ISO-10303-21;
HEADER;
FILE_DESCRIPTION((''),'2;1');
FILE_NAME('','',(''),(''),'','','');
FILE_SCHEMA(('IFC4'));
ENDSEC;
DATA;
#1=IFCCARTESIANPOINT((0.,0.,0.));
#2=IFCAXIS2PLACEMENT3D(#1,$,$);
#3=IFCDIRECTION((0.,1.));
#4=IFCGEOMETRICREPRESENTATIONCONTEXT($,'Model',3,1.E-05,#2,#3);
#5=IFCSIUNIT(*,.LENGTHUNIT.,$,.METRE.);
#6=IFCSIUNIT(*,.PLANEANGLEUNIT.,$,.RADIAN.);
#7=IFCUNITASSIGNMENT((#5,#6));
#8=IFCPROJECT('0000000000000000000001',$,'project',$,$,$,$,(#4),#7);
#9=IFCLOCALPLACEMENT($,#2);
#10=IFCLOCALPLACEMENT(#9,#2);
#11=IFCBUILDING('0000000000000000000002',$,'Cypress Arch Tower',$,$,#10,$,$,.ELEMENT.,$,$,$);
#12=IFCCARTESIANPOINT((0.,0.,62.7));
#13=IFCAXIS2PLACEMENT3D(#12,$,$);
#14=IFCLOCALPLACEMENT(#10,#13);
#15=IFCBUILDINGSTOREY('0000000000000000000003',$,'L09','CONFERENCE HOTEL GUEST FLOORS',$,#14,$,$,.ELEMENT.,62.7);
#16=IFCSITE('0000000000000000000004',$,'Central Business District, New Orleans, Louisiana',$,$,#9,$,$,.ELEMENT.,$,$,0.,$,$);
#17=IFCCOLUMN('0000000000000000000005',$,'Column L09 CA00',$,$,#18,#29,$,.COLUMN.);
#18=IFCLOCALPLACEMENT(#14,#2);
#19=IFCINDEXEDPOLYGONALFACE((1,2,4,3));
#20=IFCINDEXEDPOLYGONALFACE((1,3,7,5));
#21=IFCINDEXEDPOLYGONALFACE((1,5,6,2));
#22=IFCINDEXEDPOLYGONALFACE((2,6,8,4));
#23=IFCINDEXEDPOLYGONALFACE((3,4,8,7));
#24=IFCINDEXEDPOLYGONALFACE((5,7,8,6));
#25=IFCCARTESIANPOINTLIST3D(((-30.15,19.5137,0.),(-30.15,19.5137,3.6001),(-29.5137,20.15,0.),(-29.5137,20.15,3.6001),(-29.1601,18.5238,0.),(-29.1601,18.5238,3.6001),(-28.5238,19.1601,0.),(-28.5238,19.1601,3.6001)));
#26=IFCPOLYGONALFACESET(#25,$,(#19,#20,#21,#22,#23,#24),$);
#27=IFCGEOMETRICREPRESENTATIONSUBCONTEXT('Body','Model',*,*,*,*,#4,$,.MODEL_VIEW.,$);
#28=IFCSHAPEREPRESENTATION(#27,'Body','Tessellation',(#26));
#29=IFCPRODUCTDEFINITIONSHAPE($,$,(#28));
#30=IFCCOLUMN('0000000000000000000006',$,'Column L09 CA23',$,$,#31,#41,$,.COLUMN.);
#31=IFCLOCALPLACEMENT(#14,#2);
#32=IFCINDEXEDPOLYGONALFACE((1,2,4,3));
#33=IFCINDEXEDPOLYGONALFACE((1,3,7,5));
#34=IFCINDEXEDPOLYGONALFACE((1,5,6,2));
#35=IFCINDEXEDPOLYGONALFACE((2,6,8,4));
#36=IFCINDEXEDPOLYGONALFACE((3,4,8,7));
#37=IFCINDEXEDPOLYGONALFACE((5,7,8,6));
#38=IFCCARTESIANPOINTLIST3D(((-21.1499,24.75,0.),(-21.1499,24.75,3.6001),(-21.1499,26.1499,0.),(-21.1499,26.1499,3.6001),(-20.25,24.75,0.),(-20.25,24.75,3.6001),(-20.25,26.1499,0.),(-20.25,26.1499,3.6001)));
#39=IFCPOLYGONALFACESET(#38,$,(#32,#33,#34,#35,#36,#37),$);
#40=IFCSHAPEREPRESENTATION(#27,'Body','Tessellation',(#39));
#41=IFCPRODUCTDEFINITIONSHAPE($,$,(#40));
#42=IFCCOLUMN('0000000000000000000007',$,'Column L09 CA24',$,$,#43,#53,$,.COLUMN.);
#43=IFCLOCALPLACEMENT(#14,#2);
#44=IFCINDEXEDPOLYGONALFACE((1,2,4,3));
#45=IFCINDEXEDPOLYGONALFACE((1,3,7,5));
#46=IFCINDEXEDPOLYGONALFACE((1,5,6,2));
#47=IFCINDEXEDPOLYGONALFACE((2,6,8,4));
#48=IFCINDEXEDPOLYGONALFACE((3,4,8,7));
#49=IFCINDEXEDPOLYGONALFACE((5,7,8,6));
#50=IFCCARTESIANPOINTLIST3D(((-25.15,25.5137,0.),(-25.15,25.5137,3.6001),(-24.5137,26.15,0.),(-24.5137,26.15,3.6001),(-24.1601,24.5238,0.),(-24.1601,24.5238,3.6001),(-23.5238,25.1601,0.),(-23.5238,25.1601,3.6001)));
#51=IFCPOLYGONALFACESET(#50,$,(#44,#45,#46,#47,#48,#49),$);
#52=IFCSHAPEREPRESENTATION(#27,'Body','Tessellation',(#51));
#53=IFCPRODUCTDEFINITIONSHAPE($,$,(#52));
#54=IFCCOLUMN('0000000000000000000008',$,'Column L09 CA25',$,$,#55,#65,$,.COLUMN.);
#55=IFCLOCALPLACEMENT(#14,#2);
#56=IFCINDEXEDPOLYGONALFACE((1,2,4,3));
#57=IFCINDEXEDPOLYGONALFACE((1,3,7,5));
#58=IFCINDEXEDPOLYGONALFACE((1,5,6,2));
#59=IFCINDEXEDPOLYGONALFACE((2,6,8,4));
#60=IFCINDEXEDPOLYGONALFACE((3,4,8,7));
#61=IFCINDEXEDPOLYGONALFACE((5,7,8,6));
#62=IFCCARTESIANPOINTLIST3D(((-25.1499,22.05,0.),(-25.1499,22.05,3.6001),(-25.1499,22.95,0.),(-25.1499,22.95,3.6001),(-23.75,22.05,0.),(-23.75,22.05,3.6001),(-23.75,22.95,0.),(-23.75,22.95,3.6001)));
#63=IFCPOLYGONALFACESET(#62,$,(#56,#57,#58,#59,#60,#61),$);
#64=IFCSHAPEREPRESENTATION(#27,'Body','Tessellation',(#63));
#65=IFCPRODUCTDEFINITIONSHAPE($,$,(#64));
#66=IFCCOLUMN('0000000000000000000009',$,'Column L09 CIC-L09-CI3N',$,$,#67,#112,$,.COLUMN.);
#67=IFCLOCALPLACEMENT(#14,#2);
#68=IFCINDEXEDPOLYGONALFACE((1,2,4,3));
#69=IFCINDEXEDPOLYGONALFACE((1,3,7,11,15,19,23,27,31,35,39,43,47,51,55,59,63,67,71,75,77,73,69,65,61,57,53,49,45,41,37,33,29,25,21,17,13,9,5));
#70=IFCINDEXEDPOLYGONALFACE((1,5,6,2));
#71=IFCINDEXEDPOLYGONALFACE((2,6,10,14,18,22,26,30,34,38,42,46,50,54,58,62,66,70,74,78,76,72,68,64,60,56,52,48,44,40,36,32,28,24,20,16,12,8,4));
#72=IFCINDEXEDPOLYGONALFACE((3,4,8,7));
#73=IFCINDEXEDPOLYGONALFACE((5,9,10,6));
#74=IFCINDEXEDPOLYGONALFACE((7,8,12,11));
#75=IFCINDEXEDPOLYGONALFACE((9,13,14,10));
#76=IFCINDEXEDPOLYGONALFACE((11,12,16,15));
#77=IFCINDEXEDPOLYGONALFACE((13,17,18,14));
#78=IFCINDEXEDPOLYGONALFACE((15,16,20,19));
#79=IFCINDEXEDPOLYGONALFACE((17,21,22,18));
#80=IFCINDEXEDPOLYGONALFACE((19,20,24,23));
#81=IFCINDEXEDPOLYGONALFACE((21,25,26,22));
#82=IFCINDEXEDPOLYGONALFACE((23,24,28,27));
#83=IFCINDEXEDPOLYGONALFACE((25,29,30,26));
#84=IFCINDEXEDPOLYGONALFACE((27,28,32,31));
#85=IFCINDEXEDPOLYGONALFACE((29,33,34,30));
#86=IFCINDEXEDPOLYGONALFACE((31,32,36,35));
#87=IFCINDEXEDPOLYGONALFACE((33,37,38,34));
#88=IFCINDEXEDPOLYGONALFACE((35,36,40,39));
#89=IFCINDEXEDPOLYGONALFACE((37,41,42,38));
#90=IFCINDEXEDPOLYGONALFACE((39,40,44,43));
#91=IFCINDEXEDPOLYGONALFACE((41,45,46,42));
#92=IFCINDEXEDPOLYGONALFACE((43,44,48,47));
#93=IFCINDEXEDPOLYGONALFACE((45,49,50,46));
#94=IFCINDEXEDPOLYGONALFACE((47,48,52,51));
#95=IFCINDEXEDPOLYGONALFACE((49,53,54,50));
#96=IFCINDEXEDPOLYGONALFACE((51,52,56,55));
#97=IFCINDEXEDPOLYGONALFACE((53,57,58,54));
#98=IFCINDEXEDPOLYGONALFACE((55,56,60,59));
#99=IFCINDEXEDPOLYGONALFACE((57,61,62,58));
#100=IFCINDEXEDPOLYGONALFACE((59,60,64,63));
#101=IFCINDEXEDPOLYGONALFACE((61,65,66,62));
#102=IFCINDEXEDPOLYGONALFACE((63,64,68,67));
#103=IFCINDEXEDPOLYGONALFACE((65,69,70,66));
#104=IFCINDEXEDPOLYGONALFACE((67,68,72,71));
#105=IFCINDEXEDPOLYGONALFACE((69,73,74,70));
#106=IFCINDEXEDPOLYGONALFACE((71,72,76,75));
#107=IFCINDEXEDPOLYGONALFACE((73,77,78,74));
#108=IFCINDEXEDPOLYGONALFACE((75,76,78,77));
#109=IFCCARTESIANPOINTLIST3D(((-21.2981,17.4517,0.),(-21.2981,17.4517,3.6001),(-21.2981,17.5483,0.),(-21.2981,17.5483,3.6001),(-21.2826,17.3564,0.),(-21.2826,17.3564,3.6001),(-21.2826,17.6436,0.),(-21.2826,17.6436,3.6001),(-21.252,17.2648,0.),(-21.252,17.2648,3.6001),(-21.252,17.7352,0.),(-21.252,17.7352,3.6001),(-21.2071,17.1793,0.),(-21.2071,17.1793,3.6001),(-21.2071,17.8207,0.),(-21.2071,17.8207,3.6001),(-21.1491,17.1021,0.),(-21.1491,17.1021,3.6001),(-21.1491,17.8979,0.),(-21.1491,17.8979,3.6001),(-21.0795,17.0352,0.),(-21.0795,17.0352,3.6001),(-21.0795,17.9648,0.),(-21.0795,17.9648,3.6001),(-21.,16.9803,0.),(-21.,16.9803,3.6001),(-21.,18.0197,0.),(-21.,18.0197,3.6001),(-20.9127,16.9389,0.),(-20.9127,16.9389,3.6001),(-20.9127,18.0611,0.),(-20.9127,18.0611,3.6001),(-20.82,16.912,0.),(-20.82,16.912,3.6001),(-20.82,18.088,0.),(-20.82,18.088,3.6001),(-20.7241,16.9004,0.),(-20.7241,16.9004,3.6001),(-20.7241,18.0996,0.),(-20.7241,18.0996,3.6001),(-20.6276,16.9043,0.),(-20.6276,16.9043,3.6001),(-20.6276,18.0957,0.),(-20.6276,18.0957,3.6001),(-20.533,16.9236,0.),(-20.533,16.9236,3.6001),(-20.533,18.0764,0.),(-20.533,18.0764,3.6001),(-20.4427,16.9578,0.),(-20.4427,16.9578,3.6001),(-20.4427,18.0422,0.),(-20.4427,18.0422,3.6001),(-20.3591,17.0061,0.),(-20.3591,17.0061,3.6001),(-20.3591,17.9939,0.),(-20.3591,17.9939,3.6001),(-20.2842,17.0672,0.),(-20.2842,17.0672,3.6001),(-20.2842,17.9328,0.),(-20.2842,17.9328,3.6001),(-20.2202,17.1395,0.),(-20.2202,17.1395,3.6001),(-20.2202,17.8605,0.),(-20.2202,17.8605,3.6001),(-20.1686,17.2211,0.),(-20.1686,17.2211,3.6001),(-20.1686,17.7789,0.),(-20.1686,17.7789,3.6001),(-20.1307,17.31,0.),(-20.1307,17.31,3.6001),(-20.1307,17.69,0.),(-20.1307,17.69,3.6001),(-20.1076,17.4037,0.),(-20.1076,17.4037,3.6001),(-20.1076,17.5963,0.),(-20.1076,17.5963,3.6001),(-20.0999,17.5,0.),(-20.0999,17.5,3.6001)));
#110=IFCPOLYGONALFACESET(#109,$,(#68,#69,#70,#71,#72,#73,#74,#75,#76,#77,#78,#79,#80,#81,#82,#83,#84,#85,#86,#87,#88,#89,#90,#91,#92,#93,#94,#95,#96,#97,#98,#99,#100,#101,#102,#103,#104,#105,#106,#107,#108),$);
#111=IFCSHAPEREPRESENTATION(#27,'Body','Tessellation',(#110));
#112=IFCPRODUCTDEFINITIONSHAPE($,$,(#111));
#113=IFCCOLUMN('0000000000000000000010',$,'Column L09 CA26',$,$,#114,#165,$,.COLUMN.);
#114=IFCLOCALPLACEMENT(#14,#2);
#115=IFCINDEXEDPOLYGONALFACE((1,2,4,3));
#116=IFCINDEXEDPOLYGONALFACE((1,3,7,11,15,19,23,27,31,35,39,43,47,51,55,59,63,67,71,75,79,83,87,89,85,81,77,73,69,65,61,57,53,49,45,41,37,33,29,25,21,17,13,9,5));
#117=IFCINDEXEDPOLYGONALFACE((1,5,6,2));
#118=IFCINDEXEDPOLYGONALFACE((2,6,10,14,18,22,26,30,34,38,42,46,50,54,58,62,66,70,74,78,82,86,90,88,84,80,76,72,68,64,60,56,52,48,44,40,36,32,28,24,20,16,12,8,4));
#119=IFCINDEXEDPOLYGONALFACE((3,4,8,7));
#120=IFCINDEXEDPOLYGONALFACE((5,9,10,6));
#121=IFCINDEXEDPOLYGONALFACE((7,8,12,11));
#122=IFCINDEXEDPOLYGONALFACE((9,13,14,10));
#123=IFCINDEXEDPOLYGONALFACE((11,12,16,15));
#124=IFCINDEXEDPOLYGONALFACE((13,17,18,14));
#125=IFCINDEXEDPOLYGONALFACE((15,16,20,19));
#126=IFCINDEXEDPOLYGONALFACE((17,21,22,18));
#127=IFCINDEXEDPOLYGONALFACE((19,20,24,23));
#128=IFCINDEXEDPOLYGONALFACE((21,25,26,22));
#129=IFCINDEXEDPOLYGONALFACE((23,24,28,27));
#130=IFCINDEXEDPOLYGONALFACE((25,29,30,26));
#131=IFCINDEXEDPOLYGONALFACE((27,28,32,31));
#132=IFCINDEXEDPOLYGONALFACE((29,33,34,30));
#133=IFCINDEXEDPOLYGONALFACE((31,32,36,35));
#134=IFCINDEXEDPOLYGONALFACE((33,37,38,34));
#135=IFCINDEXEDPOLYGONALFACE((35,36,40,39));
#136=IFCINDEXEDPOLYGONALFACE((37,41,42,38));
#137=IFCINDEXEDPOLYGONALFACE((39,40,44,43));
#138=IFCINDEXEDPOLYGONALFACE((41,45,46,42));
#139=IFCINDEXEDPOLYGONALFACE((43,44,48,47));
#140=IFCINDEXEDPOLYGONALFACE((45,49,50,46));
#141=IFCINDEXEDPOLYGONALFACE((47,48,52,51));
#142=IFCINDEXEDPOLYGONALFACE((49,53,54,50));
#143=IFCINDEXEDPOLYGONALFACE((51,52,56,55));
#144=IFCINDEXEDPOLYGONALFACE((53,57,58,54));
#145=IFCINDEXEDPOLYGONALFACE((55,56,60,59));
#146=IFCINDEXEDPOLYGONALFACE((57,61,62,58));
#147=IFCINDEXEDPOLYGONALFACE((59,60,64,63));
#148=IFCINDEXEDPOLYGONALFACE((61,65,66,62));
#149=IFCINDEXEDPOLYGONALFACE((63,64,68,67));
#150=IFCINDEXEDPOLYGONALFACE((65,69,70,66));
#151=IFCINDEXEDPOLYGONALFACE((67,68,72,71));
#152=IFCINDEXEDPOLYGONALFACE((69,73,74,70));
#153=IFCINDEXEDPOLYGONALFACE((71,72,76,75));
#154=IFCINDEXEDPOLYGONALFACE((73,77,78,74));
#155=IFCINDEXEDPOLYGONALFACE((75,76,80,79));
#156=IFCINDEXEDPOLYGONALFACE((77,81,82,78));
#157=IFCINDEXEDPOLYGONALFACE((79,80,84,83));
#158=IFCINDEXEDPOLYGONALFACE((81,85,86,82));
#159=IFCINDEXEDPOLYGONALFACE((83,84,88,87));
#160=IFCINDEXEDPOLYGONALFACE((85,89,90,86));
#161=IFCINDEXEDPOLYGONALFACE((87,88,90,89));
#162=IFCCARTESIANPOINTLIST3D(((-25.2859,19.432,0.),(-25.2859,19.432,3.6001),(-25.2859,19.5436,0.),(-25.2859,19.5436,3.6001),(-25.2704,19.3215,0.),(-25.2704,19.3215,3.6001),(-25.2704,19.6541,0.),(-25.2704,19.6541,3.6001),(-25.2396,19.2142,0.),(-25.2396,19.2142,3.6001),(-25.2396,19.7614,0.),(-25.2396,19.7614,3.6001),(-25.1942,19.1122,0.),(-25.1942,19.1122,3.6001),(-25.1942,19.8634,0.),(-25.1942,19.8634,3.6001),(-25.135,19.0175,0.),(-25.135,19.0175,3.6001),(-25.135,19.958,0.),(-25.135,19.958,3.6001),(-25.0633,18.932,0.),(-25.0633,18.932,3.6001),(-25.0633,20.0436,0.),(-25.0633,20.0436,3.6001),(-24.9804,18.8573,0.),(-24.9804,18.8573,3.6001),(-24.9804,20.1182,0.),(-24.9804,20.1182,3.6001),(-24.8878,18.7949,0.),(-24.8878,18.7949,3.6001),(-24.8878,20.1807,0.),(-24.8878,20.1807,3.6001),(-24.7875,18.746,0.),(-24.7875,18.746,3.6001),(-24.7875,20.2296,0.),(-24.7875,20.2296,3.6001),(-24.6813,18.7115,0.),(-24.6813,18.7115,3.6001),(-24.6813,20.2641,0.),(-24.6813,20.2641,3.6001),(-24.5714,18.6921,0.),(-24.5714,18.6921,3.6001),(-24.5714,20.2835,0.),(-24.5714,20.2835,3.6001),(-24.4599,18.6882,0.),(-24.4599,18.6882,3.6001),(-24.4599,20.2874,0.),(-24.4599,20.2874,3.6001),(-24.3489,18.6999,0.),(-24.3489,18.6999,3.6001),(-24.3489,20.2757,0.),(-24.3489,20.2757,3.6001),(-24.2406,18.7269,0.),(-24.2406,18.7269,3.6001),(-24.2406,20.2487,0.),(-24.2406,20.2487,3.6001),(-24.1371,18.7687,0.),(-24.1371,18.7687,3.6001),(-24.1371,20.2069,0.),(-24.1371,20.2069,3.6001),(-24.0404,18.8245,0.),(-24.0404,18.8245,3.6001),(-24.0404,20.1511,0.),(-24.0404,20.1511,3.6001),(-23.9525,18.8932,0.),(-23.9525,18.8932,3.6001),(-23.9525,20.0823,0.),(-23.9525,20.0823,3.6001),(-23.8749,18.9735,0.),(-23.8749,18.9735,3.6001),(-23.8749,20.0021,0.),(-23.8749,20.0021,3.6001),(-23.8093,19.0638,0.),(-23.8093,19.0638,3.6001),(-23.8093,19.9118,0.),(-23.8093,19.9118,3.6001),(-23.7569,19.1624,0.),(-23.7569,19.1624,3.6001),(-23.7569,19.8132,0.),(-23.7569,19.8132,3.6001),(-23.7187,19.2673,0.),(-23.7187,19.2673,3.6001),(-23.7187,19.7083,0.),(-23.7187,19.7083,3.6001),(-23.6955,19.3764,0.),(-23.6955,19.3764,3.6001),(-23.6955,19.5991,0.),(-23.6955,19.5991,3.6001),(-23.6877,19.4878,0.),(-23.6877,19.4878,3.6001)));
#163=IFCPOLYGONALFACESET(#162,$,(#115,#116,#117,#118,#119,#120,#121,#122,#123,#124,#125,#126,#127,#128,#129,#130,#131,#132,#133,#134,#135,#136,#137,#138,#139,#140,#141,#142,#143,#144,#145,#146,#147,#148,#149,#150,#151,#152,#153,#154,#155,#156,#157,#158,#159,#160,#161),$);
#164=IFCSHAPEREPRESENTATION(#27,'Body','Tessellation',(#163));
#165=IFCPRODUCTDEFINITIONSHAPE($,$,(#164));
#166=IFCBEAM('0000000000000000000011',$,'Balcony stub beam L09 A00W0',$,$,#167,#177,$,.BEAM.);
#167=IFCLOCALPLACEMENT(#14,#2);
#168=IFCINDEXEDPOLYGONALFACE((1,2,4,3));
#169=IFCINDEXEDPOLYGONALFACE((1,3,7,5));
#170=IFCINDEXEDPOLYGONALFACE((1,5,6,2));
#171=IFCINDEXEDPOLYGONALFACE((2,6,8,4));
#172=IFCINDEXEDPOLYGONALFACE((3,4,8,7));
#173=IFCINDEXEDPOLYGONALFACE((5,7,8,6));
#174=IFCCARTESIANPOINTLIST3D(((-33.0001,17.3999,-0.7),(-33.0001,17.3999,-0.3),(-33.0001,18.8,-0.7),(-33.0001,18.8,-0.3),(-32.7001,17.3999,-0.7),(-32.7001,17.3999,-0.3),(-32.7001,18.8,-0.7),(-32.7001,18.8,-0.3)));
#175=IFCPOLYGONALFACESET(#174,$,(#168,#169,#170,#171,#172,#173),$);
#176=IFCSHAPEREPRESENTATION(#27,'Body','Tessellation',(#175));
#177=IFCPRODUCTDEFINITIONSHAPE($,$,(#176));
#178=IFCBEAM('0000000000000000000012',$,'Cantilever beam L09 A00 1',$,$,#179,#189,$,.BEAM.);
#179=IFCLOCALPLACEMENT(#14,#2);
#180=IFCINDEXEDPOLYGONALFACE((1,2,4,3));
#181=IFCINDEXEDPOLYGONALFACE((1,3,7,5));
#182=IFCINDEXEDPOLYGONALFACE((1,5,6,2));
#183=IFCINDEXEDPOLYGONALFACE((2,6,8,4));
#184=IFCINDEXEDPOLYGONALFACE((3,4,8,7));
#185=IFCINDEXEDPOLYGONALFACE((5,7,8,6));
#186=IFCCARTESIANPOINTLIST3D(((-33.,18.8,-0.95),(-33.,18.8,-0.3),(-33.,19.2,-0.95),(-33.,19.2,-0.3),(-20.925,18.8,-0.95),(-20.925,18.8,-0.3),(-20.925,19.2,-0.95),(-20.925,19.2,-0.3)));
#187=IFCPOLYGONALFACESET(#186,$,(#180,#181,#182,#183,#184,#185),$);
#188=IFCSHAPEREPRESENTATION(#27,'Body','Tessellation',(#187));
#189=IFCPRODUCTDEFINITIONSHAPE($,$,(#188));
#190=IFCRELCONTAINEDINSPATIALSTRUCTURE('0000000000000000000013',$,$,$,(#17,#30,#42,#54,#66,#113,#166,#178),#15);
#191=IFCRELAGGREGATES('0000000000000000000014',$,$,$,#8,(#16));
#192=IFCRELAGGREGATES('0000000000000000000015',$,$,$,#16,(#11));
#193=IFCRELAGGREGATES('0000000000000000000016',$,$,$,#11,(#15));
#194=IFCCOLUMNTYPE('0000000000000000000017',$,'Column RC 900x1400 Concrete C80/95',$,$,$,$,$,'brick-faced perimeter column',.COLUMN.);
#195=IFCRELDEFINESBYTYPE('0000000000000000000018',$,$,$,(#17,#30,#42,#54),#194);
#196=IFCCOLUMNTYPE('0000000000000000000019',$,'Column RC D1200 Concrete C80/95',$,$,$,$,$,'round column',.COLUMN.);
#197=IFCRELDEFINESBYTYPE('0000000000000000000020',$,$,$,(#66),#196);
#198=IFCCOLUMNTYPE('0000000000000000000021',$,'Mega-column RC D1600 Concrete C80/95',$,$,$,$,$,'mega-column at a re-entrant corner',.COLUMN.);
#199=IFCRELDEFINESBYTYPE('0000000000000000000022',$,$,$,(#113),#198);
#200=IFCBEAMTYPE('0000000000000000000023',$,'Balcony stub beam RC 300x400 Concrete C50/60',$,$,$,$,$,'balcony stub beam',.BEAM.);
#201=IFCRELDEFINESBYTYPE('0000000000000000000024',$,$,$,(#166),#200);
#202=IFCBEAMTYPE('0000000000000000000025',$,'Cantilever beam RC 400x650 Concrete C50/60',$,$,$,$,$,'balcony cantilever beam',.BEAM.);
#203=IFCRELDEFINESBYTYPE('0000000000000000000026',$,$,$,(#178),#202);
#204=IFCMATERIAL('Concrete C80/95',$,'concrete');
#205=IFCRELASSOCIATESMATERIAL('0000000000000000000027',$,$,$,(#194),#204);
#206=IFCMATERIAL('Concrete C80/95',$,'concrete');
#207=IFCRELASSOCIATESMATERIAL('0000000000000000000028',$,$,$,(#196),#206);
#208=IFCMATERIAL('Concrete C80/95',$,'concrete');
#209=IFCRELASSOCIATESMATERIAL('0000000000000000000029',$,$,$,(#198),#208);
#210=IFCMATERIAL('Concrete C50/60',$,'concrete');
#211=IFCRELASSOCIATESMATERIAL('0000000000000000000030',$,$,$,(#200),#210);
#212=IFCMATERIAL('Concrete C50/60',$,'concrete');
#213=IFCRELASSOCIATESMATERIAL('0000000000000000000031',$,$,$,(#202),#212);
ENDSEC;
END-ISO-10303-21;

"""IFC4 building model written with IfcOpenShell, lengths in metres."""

from ifc_helpers import new_model, si_unit, direction, frame, origin, origin_2d, place, context, subcontext, project, spatial, rectangle, circle, extrude, material, material_profile, profile_set, type_object, element, save


model = new_model("IFC4")

# Units and contexts
model_context = context("Model", 3, precision=1e-05, world=origin(), true_north=direction((0.0, 1.0)))
body_context = subcontext(model_context, "Body", "Model", "MODEL_VIEW")
ifc_project = project(units=[si_unit("LENGTHUNIT", "METRE"), si_unit("PLANEANGLEUNIT", "RADIAN")], contexts=[model_context])

# Site, building, storey
site_placement = place(None, origin())
site = spatial("IfcSite", under=ifc_project, at=site_placement, Name="Central Business District, New Orleans, Louisiana", CompositionType="ELEMENT", RefElevation=0.0)
building_placement = place(site_placement, origin())
building = spatial("IfcBuilding", under=site, at=building_placement, Name="Cypress Arch Tower", CompositionType="ELEMENT")
storey_placement = place(building_placement, frame((0.0, 0.0, 62.7)))
storey = spatial("IfcBuildingStorey", under=building, at=storey_placement, Name="L09", Description="CONFERENCE HOTEL GUEST FLOORS", CompositionType="ELEMENT", Elevation=62.7)

# Columns
ifc_material_1 = material(Name="Concrete C80/95", Category="concrete")
ifc_material_profile_1 = material_profile(ifc_material_1, rectangle(XDim=0.8999, YDim=1.3999, at=origin_2d()), Name="RC 900x1400")
ifc_profile_set_1 = profile_set([ifc_material_profile_1], Name="Concrete C80/95")
column_type_1 = type_object("IfcColumnType", Name="Column RC 900x1400 Concrete C80/95", ElementType="brick-faced perimeter column", PredefinedType="COLUMN", material=ifc_profile_set_1)
for number, where, z_axis, x_axis, name in (
    (1, (-29.3369, 19.3369, 0.0), (0.0, 0.0, 1.0), (-0.707107, -0.707107, 0.0), "Column L09 CA00"),
    (2, (-20.7, 25.45, 0.0), (0.0, 0.0, 1.0), (-1.0, 0.0, 0.0), "Column L09 CA23"),
    (3, (-24.3369, 25.3369, 0.0), (0.0, 0.0, 1.0), (-0.707107, -0.707107, 0.0), "Column L09 CA24"),
    (4, (-24.45, 22.5, 0.0), (0.0, 0.0, 1.0), (0.0, -1.0, 0.0), "Column L09 CA25"),
):
    element("IfcColumn", number, at=place(storey_placement, frame(where, z_axis=z_axis, x_axis=x_axis)), inside=storey, type_object=column_type_1, Name=name, PredefinedType="COLUMN", context=body_context, shape_type="SweptSolid", body=[
        extrude(rectangle(XDim=0.8999, YDim=1.3999, at=origin_2d()), origin(), (0.0, 0.0, 1.0), 3.6001),
    ])
ifc_material_2 = material(Name="Concrete C80/95", Category="concrete")
ifc_material_profile_2 = material_profile(ifc_material_2, circle(Radius=0.6001, at=origin_2d()), Name="RC D1200")
ifc_profile_set_2 = profile_set([ifc_material_profile_2], Name="Concrete C80/95")
column_type_2 = type_object("IfcColumnType", Name="Column RC D1200 Concrete C80/95", ElementType="round column", PredefinedType="COLUMN", material=ifc_profile_set_2)
column_1_placement = place(storey_placement, frame((-20.7, 17.5, 0.0), z_axis=(0.0, 0.0, 1.0), x_axis=(1.0, 0.0, 0.0)))
element("IfcColumn", 5, at=column_1_placement, inside=storey, type_object=column_type_2, Name="Column L09 CIC-L09-CI3N", PredefinedType="COLUMN", context=body_context, shape_type="SweptSolid", body=[
    extrude(circle(Radius=0.6001, at=origin_2d()), origin(), (0.0, 0.0, 1.0), 3.6001),
])
ifc_material_3 = material(Name="Concrete C80/95", Category="concrete")
ifc_material_profile_3 = material_profile(ifc_material_3, circle(Radius=0.8, at=origin_2d()), Name="RC D1600")
ifc_profile_set_3 = profile_set([ifc_material_profile_3], Name="Concrete C80/95")
column_type_3 = type_object("IfcColumnType", Name="Mega-column RC D1600 Concrete C80/95", ElementType="mega-column at a re-entrant corner", PredefinedType="COLUMN", material=ifc_profile_set_3)
column_2_placement = place(storey_placement, frame((-24.4878, 19.4878, 0.0), z_axis=(0.0, 0.0, 1.0), x_axis=(1.0, 0.0, 0.0)))
element("IfcColumn", 6, at=column_2_placement, inside=storey, type_object=column_type_3, Name="Column L09 CA26", PredefinedType="COLUMN", context=body_context, shape_type="SweptSolid", body=[
    extrude(circle(Radius=0.8, at=origin_2d()), origin(), (0.0, 0.0, 1.0), 3.6001),
])

# Beams
ifc_material_4 = material(Name="Concrete C50/60", Category="concrete")
ifc_material_profile_4 = material_profile(ifc_material_4, rectangle(XDim=0.3, YDim=0.3999, at=origin_2d()), Name="RC 300x400")
ifc_profile_set_4 = profile_set([ifc_material_profile_4], Name="Concrete C50/60")
beam_type_1 = type_object("IfcBeamType", Name="Balcony stub beam RC 300x400 Concrete C50/60", ElementType="balcony stub beam", PredefinedType="BEAM", material=ifc_profile_set_4)
beam_1_placement = place(storey_placement, frame((-32.8501, 18.8, -0.5), z_axis=(0.0, -1.0, 0.0), x_axis=(1.0, 0.0, 0.0)))
element("IfcBeam", 7, at=beam_1_placement, inside=storey, type_object=beam_type_1, Name="Balcony stub beam L09 A00W0", PredefinedType="BEAM", context=body_context, shape_type="SweptSolid", body=[
    extrude(rectangle(XDim=0.3, YDim=0.3999, at=origin_2d()), origin(), (0.0, 0.0, 1.0), 1.4001),
])
ifc_material_5 = material(Name="Concrete C50/60", Category="concrete")
ifc_material_profile_5 = material_profile(ifc_material_5, rectangle(XDim=0.3999, YDim=0.6499, at=origin_2d()), Name="RC 400x650")
ifc_profile_set_5 = profile_set([ifc_material_profile_5], Name="Concrete C50/60")
beam_type_2 = type_object("IfcBeamType", Name="Cantilever beam RC 400x650 Concrete C50/60", ElementType="balcony cantilever beam", PredefinedType="BEAM", material=ifc_profile_set_5)
beam_2_placement = place(storey_placement, frame((-20.925, 19.0, -0.625), z_axis=(-1.0, 0.0, 0.0), x_axis=(0.0, -1.0, 0.0)))
element("IfcBeam", 8, at=beam_2_placement, inside=storey, type_object=beam_type_2, Name="Cantilever beam L09 A00 1", PredefinedType="BEAM", context=body_context, shape_type="SweptSolid", body=[
    extrude(rectangle(XDim=0.3999, YDim=0.6499, at=origin_2d()), origin(), (0.0, 0.0, 1.0), 12.075),
])

save(model, "model.ifc")
